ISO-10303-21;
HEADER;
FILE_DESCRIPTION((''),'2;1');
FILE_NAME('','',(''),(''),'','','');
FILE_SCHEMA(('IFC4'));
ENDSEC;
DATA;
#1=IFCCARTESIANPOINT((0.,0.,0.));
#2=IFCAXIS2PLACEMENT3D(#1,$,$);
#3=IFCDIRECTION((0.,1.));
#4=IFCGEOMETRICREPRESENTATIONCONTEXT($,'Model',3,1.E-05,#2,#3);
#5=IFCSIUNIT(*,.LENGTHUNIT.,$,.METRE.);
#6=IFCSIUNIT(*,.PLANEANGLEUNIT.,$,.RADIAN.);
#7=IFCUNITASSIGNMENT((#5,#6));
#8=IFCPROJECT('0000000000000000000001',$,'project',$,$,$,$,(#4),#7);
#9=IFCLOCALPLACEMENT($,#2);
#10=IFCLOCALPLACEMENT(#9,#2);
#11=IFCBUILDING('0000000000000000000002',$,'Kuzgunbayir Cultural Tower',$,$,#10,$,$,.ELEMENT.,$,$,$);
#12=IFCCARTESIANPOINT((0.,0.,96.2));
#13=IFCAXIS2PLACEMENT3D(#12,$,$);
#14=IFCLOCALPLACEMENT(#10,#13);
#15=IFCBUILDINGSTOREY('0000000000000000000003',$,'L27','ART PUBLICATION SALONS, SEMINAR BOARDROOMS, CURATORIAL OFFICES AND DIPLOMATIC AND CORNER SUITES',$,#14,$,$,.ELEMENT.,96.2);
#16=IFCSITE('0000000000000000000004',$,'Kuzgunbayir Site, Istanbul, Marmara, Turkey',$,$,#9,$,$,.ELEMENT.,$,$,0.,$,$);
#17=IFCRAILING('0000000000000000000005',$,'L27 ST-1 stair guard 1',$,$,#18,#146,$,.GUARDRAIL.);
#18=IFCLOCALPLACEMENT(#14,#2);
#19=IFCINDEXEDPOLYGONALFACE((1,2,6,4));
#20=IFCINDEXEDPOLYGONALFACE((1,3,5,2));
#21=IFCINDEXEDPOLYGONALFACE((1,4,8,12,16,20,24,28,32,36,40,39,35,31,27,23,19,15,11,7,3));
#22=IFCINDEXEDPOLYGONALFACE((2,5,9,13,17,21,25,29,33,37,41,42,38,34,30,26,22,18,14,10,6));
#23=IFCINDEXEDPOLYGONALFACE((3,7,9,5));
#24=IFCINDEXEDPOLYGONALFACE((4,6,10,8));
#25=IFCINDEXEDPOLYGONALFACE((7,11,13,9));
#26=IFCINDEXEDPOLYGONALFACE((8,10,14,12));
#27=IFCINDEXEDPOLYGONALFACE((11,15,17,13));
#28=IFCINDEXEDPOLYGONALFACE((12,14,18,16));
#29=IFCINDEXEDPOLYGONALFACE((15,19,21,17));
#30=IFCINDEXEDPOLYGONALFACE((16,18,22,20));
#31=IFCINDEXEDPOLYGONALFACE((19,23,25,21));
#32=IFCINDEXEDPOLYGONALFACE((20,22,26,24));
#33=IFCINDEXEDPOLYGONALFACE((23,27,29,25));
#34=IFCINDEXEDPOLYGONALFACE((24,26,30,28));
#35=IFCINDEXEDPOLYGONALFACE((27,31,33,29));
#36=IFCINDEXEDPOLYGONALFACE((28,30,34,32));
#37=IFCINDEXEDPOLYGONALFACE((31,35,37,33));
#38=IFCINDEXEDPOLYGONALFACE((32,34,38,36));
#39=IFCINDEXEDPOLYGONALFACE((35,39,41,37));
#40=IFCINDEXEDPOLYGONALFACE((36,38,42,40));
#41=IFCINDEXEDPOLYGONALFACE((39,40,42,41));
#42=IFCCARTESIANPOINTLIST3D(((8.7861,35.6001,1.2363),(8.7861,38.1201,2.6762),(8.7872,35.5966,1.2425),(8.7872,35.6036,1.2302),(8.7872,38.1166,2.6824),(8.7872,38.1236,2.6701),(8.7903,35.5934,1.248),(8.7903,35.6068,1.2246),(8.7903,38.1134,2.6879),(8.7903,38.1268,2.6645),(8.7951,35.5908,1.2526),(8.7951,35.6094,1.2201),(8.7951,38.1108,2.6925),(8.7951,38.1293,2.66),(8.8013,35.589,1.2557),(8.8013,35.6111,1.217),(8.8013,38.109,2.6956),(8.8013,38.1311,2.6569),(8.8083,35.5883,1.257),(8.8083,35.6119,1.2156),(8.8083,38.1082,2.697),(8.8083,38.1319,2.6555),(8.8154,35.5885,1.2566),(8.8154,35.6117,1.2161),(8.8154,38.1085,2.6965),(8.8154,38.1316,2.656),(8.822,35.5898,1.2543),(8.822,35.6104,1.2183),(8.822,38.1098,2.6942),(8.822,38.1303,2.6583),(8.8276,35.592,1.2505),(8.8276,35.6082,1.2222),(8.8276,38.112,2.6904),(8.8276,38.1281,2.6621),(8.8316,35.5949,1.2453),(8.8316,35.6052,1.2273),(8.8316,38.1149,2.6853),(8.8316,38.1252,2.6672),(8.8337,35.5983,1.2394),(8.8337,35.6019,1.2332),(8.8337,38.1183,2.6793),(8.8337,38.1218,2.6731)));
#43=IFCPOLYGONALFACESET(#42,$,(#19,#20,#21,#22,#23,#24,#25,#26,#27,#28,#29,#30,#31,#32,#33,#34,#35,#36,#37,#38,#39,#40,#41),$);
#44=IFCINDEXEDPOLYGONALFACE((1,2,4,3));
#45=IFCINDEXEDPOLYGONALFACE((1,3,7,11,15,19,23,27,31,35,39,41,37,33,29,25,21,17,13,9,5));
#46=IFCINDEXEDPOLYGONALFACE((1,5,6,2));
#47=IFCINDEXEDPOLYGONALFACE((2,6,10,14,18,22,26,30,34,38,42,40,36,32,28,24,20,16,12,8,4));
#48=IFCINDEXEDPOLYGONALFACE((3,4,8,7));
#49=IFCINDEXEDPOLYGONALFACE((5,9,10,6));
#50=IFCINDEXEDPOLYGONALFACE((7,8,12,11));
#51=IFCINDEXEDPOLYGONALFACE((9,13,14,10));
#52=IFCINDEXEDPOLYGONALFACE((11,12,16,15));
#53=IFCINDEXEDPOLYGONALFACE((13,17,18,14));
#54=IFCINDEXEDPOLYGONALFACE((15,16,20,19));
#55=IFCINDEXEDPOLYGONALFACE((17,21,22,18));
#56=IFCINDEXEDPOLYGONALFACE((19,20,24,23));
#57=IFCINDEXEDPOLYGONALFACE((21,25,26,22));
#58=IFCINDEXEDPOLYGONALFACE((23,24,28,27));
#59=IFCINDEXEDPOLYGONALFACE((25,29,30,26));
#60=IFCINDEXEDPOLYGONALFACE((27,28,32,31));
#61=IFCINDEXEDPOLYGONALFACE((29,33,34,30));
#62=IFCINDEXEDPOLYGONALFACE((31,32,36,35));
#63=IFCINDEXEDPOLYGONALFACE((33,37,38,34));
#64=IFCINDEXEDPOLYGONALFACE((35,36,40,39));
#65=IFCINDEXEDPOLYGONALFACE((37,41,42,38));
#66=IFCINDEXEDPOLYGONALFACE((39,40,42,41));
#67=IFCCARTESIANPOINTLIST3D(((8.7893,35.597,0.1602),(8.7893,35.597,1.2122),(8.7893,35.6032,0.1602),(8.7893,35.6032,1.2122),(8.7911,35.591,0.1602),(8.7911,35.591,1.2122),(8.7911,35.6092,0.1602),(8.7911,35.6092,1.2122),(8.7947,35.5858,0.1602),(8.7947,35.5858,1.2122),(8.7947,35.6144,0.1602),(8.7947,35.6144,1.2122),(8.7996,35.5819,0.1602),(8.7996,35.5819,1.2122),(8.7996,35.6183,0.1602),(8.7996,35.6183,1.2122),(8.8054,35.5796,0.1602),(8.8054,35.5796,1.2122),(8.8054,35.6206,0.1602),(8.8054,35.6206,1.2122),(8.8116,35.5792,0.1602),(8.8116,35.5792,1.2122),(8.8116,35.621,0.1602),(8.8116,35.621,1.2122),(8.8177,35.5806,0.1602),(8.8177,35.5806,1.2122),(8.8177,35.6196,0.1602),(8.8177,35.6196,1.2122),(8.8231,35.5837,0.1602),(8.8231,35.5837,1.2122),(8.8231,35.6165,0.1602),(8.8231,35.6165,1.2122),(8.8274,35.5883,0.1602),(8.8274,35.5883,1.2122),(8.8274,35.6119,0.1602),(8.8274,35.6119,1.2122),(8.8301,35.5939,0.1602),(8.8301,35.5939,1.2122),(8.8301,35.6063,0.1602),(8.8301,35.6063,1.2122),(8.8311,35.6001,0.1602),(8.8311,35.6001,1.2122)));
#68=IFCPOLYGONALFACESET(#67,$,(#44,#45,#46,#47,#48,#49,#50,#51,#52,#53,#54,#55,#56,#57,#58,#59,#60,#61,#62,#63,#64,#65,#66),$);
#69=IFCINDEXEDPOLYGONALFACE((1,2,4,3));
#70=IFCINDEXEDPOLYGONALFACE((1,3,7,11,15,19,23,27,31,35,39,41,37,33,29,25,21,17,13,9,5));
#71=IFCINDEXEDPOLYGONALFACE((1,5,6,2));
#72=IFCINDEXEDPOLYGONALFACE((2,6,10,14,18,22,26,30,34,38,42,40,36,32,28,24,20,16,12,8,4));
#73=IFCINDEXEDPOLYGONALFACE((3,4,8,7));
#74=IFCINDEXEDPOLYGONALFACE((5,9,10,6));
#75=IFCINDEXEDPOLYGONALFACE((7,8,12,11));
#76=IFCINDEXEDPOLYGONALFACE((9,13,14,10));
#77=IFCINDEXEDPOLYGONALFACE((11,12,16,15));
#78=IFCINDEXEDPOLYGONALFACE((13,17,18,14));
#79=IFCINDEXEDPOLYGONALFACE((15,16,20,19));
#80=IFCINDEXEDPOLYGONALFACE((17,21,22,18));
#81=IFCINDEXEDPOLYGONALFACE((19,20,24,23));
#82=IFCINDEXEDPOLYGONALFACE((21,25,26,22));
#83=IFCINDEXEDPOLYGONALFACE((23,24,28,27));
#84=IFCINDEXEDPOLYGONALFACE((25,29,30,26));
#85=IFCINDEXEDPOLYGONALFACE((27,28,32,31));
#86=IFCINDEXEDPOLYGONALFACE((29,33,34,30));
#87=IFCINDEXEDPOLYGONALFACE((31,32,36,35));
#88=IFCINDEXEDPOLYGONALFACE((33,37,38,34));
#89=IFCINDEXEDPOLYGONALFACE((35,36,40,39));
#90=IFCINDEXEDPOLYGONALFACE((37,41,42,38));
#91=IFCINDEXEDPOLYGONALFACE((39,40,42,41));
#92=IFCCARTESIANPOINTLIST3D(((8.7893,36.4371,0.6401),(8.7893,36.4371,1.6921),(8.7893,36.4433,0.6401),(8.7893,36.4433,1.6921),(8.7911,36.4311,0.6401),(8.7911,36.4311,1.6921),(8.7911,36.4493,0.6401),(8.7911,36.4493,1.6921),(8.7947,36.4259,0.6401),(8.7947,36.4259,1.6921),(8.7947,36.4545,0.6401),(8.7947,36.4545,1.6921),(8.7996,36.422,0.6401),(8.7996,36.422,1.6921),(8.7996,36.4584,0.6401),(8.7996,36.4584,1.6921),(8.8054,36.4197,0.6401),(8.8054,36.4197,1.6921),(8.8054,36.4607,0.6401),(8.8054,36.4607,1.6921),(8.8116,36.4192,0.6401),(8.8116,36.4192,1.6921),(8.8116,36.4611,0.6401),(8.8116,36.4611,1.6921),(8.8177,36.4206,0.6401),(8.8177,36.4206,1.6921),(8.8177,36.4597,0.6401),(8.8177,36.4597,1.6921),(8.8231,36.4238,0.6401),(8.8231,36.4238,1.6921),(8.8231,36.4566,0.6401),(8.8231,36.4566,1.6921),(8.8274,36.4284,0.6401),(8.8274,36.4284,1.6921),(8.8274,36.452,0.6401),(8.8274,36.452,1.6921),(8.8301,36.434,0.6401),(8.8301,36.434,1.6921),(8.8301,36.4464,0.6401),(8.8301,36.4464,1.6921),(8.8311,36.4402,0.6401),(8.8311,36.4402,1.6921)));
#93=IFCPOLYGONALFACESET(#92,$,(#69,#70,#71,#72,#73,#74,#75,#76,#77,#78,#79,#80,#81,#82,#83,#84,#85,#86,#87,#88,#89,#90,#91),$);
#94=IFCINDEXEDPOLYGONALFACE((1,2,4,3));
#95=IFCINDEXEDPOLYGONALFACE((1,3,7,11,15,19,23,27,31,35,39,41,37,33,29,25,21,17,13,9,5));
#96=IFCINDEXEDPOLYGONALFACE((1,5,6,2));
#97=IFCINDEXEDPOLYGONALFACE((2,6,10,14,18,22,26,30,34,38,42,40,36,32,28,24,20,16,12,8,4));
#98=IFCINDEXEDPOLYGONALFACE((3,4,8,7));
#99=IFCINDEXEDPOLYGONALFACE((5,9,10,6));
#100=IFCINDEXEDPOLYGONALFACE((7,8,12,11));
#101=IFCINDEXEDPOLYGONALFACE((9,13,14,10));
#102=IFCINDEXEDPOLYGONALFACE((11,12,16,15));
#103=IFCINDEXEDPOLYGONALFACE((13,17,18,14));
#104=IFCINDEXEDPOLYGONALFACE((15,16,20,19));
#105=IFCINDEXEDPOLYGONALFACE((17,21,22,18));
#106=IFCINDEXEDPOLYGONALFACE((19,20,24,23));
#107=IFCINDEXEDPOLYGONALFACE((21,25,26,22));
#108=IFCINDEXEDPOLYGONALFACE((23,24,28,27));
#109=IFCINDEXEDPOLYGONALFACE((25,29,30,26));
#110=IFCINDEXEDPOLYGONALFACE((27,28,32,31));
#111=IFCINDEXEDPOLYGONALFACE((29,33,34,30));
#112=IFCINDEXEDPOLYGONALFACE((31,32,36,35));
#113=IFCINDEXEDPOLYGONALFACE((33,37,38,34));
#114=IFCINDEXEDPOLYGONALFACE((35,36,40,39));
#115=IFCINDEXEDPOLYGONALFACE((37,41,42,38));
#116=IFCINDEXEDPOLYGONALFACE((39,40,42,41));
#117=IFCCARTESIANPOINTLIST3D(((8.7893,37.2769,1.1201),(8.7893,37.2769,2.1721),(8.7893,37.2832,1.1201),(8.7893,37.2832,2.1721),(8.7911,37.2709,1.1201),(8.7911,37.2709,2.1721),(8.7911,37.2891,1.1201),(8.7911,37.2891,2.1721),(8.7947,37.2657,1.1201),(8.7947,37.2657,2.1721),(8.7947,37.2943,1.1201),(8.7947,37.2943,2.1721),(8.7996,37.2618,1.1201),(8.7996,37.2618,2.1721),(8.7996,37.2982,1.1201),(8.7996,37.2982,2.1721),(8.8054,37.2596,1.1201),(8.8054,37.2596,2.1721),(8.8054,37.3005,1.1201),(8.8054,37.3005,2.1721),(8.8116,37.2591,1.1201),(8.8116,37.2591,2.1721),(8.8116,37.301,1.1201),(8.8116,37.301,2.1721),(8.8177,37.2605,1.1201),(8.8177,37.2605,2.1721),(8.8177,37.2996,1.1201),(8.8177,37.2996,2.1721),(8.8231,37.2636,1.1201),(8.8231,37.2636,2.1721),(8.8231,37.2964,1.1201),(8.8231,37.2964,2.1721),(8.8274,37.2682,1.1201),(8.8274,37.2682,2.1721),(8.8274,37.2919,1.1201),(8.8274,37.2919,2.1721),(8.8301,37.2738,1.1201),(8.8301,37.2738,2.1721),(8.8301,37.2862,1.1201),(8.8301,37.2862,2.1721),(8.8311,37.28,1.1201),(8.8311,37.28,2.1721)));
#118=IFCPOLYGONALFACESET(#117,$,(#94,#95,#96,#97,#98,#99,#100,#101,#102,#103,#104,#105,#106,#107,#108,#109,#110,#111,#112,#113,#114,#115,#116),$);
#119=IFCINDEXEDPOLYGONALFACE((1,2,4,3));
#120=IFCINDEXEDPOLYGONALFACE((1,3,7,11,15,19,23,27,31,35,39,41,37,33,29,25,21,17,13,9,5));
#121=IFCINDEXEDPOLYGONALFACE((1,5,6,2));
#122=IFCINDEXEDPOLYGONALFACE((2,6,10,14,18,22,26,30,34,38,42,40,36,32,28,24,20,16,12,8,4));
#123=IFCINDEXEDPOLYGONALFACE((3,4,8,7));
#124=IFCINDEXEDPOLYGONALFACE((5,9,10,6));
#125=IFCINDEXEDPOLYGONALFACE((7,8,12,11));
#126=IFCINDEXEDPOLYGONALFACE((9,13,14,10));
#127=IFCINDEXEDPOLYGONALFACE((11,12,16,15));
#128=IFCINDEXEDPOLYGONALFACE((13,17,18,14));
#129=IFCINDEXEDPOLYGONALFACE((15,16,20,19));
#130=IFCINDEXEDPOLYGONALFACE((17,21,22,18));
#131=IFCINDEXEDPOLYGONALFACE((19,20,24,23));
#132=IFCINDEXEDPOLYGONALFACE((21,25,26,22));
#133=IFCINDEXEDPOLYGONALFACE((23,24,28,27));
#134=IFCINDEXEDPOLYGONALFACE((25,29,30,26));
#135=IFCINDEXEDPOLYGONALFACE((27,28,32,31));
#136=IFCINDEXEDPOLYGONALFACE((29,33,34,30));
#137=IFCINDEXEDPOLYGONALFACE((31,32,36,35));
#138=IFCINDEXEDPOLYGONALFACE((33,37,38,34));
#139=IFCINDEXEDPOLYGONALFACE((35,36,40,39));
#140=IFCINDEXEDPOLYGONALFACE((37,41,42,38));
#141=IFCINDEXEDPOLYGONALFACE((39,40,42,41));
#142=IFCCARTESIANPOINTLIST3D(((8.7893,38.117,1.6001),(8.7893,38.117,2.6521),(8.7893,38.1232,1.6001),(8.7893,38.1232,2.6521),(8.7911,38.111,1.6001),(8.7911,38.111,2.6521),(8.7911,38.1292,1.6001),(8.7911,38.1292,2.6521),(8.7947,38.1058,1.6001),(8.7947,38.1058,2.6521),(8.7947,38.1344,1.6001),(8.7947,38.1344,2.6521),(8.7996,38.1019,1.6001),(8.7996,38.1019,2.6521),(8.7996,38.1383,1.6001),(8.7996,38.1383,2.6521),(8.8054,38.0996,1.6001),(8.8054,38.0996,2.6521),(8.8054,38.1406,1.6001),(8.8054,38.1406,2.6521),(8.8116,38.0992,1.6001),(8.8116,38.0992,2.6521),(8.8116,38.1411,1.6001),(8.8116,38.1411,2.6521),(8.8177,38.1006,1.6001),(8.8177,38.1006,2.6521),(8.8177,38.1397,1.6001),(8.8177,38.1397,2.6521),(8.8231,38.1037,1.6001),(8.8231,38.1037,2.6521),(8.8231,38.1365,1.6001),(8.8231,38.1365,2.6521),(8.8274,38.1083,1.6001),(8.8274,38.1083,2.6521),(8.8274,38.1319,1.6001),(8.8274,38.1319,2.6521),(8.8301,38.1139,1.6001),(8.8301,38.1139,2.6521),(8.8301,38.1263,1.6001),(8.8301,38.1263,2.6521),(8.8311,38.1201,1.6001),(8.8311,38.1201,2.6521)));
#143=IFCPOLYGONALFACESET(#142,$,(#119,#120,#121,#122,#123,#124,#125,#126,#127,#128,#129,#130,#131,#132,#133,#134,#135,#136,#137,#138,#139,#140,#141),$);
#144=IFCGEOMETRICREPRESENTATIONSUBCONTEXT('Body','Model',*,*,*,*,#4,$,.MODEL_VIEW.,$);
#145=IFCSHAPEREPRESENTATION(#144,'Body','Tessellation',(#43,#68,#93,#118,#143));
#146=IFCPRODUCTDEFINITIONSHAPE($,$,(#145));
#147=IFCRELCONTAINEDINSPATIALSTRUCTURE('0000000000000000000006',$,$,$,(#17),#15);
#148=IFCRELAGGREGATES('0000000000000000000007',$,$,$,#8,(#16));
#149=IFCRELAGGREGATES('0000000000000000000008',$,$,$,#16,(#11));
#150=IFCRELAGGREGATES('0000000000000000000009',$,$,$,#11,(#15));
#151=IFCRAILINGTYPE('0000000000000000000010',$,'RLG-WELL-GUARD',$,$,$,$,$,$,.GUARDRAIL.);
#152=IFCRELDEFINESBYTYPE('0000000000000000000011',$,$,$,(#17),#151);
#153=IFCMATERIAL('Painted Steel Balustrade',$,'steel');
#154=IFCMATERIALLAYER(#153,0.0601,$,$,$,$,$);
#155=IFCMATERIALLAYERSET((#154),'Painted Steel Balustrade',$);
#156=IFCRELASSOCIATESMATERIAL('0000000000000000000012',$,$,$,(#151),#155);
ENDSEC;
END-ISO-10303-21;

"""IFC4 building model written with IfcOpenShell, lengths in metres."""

from ifc_helpers import new_model, si_unit, direction, frame, origin, origin_2d, place, context, subcontext, project, spatial, circle, extrude, material, layer, layer_set, type_object, element, save


model = new_model("IFC4")

# Units and contexts
model_context = context("Model", 3, precision=1e-05, world=origin(), true_north=direction((0.0, 1.0)))
body_context = subcontext(model_context, "Body", "Model", "MODEL_VIEW")
ifc_project = project(units=[si_unit("LENGTHUNIT", "METRE"), si_unit("PLANEANGLEUNIT", "RADIAN")], contexts=[model_context])

# Site, building, storey
site_placement = place(None, origin())
site = spatial("IfcSite", under=ifc_project, at=site_placement, Name="Kuzgunbayir Site, Istanbul, Marmara, Turkey", CompositionType="ELEMENT", RefElevation=0.0)
building_placement = place(site_placement, origin())
building = spatial("IfcBuilding", under=site, at=building_placement, Name="Kuzgunbayir Cultural Tower", CompositionType="ELEMENT")
storey_placement = place(building_placement, frame((0.0, 0.0, 96.2)))
storey = spatial("IfcBuildingStorey", under=building, at=storey_placement, Name="L27", Description="ART PUBLICATION SALONS, SEMINAR BOARDROOMS, CURATORIAL OFFICES AND DIPLOMATIC AND CORNER SUITES", CompositionType="ELEMENT", Elevation=96.2)

# Railing
ifc_material_1 = material(Name="Painted Steel Balustrade", Category="steel")
ifc_layer_1 = layer(ifc_material_1, 0.0601)
ifc_layer_set_1 = layer_set([ifc_layer_1], Name="Painted Steel Balustrade")
railing_type_1 = type_object("IfcRailingType", Name="RLG-WELL-GUARD", PredefinedType="GUARDRAIL", material=ifc_layer_set_1)
railing_1_placement = place(storey_placement, frame((8.8101, 35.6001, 0.1602)))
element("IfcRailing", 1, at=railing_1_placement, inside=storey, type_object=railing_type_1, Name="L27 ST-1 stair guard 1", PredefinedType="GUARDRAIL", context=body_context, shape_type="SweptSolid", body=[
    extrude(circle(Radius=0.0239, at=origin_2d()), frame((0.0, 0.0, 1.0762), z_axis=(0.0, 0.868253, 0.496121), x_axis=(-1.0, 0.0, 0.0)), (0.0, 0.0, 1.0), 2.9023),
    extrude(circle(Radius=0.021, at=origin_2d()), origin(), (0.0, 0.0, 1.0), 1.052),
    extrude(circle(Radius=0.021, at=origin_2d()), frame((0.0, 0.8401, 0.48)), (0.0, 0.0, 1.0), 1.052),
    extrude(circle(Radius=0.021, at=origin_2d()), frame((0.0, 1.6799, 0.96)), (0.0, 0.0, 1.0), 1.052),
    extrude(circle(Radius=0.021, at=origin_2d()), frame((0.0, 2.52, 1.4399)), (0.0, 0.0, 1.0), 1.052),
])

save(model, "model.ifc")
